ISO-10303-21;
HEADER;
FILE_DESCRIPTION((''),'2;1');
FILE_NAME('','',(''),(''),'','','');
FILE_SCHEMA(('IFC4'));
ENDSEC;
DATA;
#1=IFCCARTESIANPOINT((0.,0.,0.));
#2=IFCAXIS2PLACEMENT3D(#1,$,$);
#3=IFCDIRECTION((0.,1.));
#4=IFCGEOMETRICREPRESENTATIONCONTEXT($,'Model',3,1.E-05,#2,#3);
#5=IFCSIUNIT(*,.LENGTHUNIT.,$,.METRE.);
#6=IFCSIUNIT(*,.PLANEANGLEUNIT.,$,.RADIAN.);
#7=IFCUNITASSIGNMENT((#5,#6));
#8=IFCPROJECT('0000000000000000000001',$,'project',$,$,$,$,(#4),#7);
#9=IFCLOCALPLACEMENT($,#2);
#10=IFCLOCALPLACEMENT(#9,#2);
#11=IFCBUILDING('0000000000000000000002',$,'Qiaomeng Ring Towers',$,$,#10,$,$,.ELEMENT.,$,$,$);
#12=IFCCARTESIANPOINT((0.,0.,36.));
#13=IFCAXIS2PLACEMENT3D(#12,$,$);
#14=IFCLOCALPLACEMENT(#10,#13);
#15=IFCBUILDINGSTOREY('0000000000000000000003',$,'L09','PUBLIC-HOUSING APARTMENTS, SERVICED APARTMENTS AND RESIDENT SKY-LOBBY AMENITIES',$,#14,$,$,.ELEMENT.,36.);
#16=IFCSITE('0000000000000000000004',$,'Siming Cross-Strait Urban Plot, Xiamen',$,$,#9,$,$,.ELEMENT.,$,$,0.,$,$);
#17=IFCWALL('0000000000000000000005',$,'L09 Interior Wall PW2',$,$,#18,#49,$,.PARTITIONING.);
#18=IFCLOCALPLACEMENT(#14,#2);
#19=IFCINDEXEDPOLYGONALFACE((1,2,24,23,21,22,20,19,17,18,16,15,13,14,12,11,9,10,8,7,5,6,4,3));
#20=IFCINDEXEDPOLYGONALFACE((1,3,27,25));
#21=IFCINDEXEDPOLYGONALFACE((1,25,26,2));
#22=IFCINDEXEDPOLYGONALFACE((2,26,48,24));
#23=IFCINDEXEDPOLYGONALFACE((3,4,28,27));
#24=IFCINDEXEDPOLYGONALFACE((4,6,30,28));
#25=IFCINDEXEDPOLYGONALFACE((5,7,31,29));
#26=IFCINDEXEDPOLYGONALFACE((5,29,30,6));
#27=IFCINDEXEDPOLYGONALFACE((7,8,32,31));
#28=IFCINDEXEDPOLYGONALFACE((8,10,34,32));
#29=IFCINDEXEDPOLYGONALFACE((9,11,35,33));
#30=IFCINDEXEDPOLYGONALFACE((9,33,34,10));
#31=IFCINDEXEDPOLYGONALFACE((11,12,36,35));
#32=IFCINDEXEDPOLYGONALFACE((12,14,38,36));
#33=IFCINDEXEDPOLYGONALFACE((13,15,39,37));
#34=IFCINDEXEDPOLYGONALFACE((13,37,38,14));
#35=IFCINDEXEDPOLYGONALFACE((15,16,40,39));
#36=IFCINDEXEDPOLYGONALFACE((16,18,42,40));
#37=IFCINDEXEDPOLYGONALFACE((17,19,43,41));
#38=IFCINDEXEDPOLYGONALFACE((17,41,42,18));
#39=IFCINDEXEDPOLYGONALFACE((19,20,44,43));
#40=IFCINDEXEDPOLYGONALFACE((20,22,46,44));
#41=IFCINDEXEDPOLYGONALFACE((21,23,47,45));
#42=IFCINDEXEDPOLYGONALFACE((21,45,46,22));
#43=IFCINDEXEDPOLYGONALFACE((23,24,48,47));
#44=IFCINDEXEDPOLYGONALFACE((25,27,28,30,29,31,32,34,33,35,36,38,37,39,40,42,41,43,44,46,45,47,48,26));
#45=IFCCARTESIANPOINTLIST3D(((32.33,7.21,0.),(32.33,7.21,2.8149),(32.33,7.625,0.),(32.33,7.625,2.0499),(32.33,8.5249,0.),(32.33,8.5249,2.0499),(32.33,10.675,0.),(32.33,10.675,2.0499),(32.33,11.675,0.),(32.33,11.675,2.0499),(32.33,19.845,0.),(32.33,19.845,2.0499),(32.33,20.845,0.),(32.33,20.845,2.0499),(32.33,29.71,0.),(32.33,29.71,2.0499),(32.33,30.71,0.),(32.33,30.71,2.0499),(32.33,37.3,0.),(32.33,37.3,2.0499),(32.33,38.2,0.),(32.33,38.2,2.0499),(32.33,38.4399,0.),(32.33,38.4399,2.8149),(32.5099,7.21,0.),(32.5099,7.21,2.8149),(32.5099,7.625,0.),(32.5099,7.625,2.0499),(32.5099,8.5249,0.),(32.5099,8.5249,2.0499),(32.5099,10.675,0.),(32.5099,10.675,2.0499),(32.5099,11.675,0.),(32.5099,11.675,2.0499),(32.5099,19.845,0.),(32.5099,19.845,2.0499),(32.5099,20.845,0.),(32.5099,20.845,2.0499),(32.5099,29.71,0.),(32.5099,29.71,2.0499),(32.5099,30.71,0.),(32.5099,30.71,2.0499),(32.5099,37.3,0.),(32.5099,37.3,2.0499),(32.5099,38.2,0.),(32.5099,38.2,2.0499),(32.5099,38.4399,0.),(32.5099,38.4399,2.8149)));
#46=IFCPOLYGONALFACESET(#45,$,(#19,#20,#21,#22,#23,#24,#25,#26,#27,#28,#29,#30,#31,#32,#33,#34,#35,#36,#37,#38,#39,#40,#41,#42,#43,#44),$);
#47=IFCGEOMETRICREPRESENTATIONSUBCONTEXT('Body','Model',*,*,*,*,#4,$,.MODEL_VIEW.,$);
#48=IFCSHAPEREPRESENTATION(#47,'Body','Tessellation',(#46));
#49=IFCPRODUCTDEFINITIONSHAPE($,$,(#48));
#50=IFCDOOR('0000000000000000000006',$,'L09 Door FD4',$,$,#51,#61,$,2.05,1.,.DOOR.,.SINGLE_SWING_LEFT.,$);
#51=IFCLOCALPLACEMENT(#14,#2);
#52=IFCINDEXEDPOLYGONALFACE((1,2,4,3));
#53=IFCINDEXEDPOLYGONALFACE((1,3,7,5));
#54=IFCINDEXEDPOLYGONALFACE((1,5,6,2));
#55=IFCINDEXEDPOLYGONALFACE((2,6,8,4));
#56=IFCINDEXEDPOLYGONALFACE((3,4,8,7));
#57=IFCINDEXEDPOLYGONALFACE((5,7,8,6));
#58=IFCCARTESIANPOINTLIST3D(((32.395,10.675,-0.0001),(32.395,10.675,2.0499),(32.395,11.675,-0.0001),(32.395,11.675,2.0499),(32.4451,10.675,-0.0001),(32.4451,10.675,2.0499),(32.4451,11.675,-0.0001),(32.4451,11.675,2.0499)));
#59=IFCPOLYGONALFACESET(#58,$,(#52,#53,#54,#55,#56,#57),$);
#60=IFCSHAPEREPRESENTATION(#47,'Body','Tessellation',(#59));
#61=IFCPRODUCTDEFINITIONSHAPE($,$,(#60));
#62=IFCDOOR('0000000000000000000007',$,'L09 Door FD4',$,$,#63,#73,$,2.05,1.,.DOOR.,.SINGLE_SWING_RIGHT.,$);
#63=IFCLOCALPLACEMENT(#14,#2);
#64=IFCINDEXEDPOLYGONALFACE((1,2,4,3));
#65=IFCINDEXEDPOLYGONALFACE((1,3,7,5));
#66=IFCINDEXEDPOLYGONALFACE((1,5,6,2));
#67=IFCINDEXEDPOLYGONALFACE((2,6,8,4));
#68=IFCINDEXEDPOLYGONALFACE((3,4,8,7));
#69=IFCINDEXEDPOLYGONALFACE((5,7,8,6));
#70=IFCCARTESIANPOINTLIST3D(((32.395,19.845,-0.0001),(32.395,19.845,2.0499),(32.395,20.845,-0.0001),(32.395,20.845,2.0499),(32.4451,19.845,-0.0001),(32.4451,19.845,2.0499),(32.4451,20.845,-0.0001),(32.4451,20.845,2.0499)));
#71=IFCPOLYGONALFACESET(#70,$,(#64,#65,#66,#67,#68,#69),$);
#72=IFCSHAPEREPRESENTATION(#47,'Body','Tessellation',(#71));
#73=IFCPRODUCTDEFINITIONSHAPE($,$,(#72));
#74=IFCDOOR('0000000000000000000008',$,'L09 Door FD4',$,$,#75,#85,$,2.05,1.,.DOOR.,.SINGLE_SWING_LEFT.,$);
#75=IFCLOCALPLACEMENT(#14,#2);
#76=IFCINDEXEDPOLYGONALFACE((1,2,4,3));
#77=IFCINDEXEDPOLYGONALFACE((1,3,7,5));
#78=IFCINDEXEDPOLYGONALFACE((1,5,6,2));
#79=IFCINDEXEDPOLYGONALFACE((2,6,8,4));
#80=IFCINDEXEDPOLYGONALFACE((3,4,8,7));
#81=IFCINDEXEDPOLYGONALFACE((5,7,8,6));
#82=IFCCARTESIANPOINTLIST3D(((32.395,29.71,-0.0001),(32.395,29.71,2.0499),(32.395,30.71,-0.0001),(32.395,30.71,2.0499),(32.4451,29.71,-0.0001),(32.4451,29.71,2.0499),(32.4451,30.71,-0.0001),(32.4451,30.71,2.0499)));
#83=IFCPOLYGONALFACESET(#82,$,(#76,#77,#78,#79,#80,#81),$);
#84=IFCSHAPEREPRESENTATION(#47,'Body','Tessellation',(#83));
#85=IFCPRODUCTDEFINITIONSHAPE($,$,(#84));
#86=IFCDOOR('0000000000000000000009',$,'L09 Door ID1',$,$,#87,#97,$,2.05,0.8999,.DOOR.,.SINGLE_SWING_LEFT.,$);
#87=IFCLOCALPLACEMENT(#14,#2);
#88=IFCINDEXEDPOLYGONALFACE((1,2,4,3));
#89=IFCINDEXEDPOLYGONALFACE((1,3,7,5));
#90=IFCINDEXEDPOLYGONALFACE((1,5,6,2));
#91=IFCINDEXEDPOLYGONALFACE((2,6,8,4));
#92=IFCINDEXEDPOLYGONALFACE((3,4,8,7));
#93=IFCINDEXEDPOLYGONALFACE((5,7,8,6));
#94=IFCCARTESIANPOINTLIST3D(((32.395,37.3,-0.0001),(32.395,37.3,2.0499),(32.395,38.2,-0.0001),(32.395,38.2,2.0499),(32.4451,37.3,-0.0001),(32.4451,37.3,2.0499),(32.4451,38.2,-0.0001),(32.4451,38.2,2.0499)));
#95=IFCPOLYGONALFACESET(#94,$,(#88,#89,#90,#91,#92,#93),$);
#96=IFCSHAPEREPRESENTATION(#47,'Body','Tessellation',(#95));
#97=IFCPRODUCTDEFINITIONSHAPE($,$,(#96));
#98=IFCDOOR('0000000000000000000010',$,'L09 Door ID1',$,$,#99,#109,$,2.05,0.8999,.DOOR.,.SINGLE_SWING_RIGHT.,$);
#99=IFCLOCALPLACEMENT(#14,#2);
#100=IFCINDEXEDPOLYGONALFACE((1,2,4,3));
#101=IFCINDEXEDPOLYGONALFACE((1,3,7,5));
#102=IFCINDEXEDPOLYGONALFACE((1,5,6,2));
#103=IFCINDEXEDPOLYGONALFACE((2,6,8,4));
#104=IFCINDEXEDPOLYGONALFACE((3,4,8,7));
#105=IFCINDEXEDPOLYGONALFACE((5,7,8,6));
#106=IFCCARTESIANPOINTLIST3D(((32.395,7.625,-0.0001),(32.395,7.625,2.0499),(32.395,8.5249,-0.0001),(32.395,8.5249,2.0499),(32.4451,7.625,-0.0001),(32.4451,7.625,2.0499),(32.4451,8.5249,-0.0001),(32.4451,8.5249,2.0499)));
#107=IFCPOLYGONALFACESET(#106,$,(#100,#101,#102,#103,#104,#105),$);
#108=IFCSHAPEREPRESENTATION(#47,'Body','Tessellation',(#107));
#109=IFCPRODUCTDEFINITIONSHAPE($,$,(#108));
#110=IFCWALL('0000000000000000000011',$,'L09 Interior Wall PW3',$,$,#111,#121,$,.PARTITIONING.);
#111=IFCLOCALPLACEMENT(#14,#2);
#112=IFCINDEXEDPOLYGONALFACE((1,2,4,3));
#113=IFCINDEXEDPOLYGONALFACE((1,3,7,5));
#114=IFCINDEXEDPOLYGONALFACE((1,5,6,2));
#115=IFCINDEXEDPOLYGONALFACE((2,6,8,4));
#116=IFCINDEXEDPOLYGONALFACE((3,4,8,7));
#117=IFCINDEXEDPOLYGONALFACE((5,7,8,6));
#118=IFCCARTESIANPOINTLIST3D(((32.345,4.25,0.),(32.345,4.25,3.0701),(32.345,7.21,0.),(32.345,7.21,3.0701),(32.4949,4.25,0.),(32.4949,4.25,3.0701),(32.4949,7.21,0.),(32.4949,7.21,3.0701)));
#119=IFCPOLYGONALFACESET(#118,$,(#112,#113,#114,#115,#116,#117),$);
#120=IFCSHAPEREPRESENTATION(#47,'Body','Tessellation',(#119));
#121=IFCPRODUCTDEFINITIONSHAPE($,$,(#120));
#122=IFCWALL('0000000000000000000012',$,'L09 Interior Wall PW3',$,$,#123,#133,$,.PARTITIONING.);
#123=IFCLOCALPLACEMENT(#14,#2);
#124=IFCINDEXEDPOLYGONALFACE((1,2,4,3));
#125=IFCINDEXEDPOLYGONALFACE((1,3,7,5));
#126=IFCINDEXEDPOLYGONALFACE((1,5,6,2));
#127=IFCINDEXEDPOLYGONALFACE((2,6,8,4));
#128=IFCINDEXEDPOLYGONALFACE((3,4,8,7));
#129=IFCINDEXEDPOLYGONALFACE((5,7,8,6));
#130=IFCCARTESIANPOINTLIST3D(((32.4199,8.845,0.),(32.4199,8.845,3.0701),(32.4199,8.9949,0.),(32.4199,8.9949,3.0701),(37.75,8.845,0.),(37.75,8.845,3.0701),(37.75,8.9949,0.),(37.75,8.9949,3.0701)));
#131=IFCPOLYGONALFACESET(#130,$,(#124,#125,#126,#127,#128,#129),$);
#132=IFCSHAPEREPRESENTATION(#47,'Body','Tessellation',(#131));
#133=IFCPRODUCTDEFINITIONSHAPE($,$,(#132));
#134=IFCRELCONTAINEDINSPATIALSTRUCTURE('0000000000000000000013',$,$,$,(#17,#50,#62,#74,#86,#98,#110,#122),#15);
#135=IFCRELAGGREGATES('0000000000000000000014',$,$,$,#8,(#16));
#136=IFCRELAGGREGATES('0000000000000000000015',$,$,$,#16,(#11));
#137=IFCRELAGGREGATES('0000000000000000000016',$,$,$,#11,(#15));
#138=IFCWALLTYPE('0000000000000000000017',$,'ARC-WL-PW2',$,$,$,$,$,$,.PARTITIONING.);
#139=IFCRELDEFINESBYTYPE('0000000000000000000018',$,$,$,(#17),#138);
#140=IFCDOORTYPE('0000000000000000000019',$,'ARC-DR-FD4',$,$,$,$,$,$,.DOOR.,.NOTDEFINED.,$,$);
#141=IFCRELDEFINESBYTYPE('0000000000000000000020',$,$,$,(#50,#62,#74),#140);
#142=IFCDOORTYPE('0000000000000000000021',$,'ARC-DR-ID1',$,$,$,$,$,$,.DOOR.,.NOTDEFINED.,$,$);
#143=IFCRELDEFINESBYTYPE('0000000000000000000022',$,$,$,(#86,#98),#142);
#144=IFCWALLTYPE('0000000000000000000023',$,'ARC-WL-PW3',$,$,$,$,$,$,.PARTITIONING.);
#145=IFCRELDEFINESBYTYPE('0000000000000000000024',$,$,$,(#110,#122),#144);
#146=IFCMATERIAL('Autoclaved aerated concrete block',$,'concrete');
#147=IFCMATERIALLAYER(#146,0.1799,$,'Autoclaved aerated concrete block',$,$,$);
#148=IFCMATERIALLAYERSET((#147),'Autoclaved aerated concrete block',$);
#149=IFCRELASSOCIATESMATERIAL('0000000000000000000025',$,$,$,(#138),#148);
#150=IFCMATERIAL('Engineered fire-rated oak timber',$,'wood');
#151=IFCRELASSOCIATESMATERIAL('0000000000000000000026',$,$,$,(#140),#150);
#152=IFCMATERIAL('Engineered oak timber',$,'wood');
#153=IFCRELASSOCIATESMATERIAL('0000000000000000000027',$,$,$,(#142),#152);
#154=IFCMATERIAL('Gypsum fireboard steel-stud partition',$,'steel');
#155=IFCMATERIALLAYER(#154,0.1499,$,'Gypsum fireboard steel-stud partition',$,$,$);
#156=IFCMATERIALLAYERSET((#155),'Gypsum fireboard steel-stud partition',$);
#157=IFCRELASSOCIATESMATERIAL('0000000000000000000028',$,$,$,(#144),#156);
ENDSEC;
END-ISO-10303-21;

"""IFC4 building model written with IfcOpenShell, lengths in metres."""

from ifc_helpers import new_model, si_unit, direction, frame, frame_2d, origin, place, context, subcontext, project, spatial, rectangle, extrude, source, transform, mapped, material, layer, layer_set, type_object, element, fill, save


model = new_model("IFC4")

# Units and contexts
model_context = context("Model", 3, precision=1e-05, world=origin(), true_north=direction((0.0, 1.0)))
body_context = subcontext(model_context, "Body", "Model", "MODEL_VIEW")
ifc_project = project(units=[si_unit("LENGTHUNIT", "METRE"), si_unit("PLANEANGLEUNIT", "RADIAN")], contexts=[model_context])

# Site, building, storey
site_placement = place(None, origin())
site = spatial("IfcSite", under=ifc_project, at=site_placement, Name="Siming Cross-Strait Urban Plot, Xiamen", CompositionType="ELEMENT", RefElevation=0.0)
building_placement = place(site_placement, origin())
building = spatial("IfcBuilding", under=site, at=building_placement, Name="Qiaomeng Ring Towers", CompositionType="ELEMENT")
storey_placement = place(building_placement, frame((0.0, 0.0, 36.0)))
storey = spatial("IfcBuildingStorey", under=building, at=storey_placement, Name="L09", Description="PUBLIC-HOUSING APARTMENTS, SERVICED APARTMENTS AND RESIDENT SKY-LOBBY AMENITIES", CompositionType="ELEMENT", Elevation=36.0)

# Wall, openings, doors
ifc_material_1 = material(Name="Autoclaved aerated concrete block", Category="concrete")
ifc_layer_1 = layer(ifc_material_1, 0.1799, Name="Autoclaved aerated concrete block")
ifc_layer_set_1 = layer_set([ifc_layer_1], Name="Autoclaved aerated concrete block")
wall_type_1 = type_object("IfcWallType", Name="ARC-WL-PW2", PredefinedType="PARTITIONING", material=ifc_layer_set_1)
wall_1_placement = place(storey_placement, frame((32.4199, 7.21, 0.0), z_axis=(0.0, 0.0, 1.0), x_axis=(0.0, 1.0, 0.0)))
wall_1 = element("IfcWall", 1, at=wall_1_placement, inside=storey, type_object=wall_type_1, Name="L09 Interior Wall PW2", PredefinedType="PARTITIONING", context=body_context, shape_type="SweptSolid", body=[
    extrude(rectangle(XDim=31.23, YDim=0.1799, at=frame_2d((15.615, 0.0))), origin(), (0.0, 0.0, 1.0), 2.8149),
])
opening_1_placement = place(wall_1_placement, frame((30.0901, 0.0, 0.0)))
opening_1 = element("IfcOpeningElement", 2, at=opening_1_placement, cuts=wall_1, PredefinedType="OPENING", context=body_context, shape_type="SweptSolid", body=[
    extrude(rectangle(XDim=0.8999, YDim=2.05, at=frame_2d((0.45, 1.0249))), frame((0.0, 0.0999, 0.0), z_axis=(0.0, -1.0, 0.0), x_axis=(1.0, 0.0, 0.0)), (0.0, 0.0, 1.0), 0.2),
])
opening_2_placement = place(wall_1_placement, frame((0.415, 0.0, 0.0)))
opening_2 = element("IfcOpeningElement", 3, at=opening_2_placement, cuts=wall_1, PredefinedType="OPENING", context=body_context, shape_type="SweptSolid", body=[
    extrude(rectangle(XDim=0.8999, YDim=2.05, at=frame_2d((0.45, 1.0249))), frame((0.0, 0.0999, 0.0), z_axis=(0.0, -1.0, 0.0), x_axis=(1.0, 0.0, 0.0)), (0.0, 0.0, 1.0), 0.2),
])
opening_3_placement = place(wall_1_placement, frame((3.4651, 0.0, 0.0)))
opening_3 = element("IfcOpeningElement", 4, at=opening_3_placement, cuts=wall_1, PredefinedType="OPENING", context=body_context, shape_type="SweptSolid", body=[
    extrude(rectangle(XDim=1.0, YDim=2.05, at=frame_2d((0.5, 1.0249))), frame((0.0, 0.0999, 0.0), z_axis=(0.0, -1.0, 0.0), x_axis=(1.0, 0.0, 0.0)), (0.0, 0.0, 1.0), 0.2),
])
opening_4_placement = place(wall_1_placement, frame((12.635, 0.0, 0.0)))
opening_4 = element("IfcOpeningElement", 5, at=opening_4_placement, cuts=wall_1, PredefinedType="OPENING", context=body_context, shape_type="SweptSolid", body=[
    extrude(rectangle(XDim=1.0, YDim=2.05, at=frame_2d((0.5, 1.0249))), frame((0.0, 0.0999, 0.0), z_axis=(0.0, -1.0, 0.0), x_axis=(1.0, 0.0, 0.0)), (0.0, 0.0, 1.0), 0.2),
])
opening_5_placement = place(wall_1_placement, frame((22.5, 0.0, 0.0)))
opening_5 = element("IfcOpeningElement", 6, at=opening_5_placement, cuts=wall_1, PredefinedType="OPENING", context=body_context, shape_type="SweptSolid", body=[
    extrude(rectangle(XDim=1.0, YDim=2.05, at=frame_2d((0.5, 1.0249))), frame((0.0, 0.0999, 0.0), z_axis=(0.0, -1.0, 0.0), x_axis=(1.0, 0.0, 0.0)), (0.0, 0.0, 1.0), 0.2),
])
ifc_material_2 = material(Name="Engineered fire-rated oak timber", Category="wood")
door_type_1 = type_object("IfcDoorType", Name="ARC-DR-FD4", OperationType="NOTDEFINED", PredefinedType="DOOR", material=ifc_material_2)
shared_shape_1 = source(origin(), body_context, "Body", "SweptSolid", [
    extrude(rectangle(XDim=1.0, YDim=2.05, at=frame_2d((0.5, 1.0249))), frame((0.0, 0.0249, 0.0), z_axis=(0.0, -1.0, 0.0), x_axis=(1.0, 0.0, 0.0)), (0.0, 0.0, 1.0), 0.05),
])
door_1_placement = place(opening_3_placement, origin())
door_1 = element("IfcDoor", 7, at=door_1_placement, inside=storey, type_object=door_type_1, Name="L09 Door FD4", OperationType="SINGLE_SWING_LEFT", OverallHeight=2.05, OverallWidth=1.0, PredefinedType="DOOR", context=body_context, shape_type="MappedRepresentation", body=[
    mapped(shared_shape_1, transform((0.0, 0.0, 0.0), x_axis=(1.0, 0.0, 0.0), y_axis=(0.0, 1.0, 0.0), z_axis=(0.0, 0.0, 1.0), scale=1.0)),
])
fill(opening_3, door_1)
door_2_placement = place(opening_4_placement, origin())
door_2 = element("IfcDoor", 8, at=door_2_placement, inside=storey, type_object=door_type_1, Name="L09 Door FD4", OperationType="SINGLE_SWING_RIGHT", OverallHeight=2.05, OverallWidth=1.0, PredefinedType="DOOR", context=body_context, shape_type="MappedRepresentation", body=[
    mapped(shared_shape_1, transform((0.0, 0.0, 0.0), x_axis=(1.0, 0.0, 0.0), y_axis=(0.0, 1.0, 0.0), z_axis=(0.0, 0.0, 1.0), scale=1.0)),
])
fill(opening_4, door_2)
door_3_placement = place(opening_5_placement, origin())
door_3 = element("IfcDoor", 9, at=door_3_placement, inside=storey, type_object=door_type_1, Name="L09 Door FD4", OperationType="SINGLE_SWING_LEFT", OverallHeight=2.05, OverallWidth=1.0, PredefinedType="DOOR", context=body_context, shape_type="MappedRepresentation", body=[
    mapped(shared_shape_1, transform((0.0, 0.0, 0.0), x_axis=(1.0, 0.0, 0.0), y_axis=(0.0, 1.0, 0.0), z_axis=(0.0, 0.0, 1.0), scale=1.0)),
])
fill(opening_5, door_3)
ifc_material_3 = material(Name="Engineered oak timber", Category="wood")
door_type_2 = type_object("IfcDoorType", Name="ARC-DR-ID1", OperationType="NOTDEFINED", PredefinedType="DOOR", material=ifc_material_3)
shared_shape_2 = source(origin(), body_context, "Body", "SweptSolid", [
    extrude(rectangle(XDim=0.8999, YDim=2.05, at=frame_2d((0.45, 1.0249))), frame((0.0, 0.0249, 0.0), z_axis=(0.0, -1.0, 0.0), x_axis=(1.0, 0.0, 0.0)), (0.0, 0.0, 1.0), 0.05),
])
door_4_placement = place(opening_1_placement, origin())
door_4 = element("IfcDoor", 10, at=door_4_placement, inside=storey, type_object=door_type_2, Name="L09 Door ID1", OperationType="SINGLE_SWING_LEFT", OverallHeight=2.05, OverallWidth=0.8999, PredefinedType="DOOR", context=body_context, shape_type="MappedRepresentation", body=[
    mapped(shared_shape_2, transform((0.0, 0.0, 0.0), x_axis=(1.0, 0.0, 0.0), y_axis=(0.0, 1.0, 0.0), z_axis=(0.0, 0.0, 1.0), scale=1.0)),
])
fill(opening_1, door_4)
door_5_placement = place(opening_2_placement, origin())
door_5 = element("IfcDoor", 11, at=door_5_placement, inside=storey, type_object=door_type_2, Name="L09 Door ID1", OperationType="SINGLE_SWING_RIGHT", OverallHeight=2.05, OverallWidth=0.8999, PredefinedType="DOOR", context=body_context, shape_type="MappedRepresentation", body=[
    mapped(shared_shape_2, transform((0.0, 0.0, 0.0), x_axis=(1.0, 0.0, 0.0), y_axis=(0.0, 1.0, 0.0), z_axis=(0.0, 0.0, 1.0), scale=1.0)),
])
fill(opening_2, door_5)

# Walls
ifc_material_4 = material(Name="Gypsum fireboard steel-stud partition", Category="steel")
ifc_layer_2 = layer(ifc_material_4, 0.1499, Name="Gypsum fireboard steel-stud partition")
ifc_layer_set_2 = layer_set([ifc_layer_2], Name="Gypsum fireboard steel-stud partition")
wall_type_2 = type_object("IfcWallType", Name="ARC-WL-PW3", PredefinedType="PARTITIONING", material=ifc_layer_set_2)
wall_2_placement = place(storey_placement, frame((32.4199, 4.25, 0.0), z_axis=(0.0, 0.0, 1.0), x_axis=(0.0, 1.0, 0.0)))
element("IfcWall", 12, at=wall_2_placement, inside=storey, type_object=wall_type_2, Name="L09 Interior Wall PW3", PredefinedType="PARTITIONING", context=body_context, shape_type="SweptSolid", body=[
    extrude(rectangle(XDim=2.96, YDim=0.1499, at=frame_2d((1.48, 0.0))), origin(), (0.0, 0.0, 1.0), 3.0701),
])
wall_3_placement = place(storey_placement, frame((32.4199, 8.9199, 0.0), z_axis=(0.0, 0.0, 1.0), x_axis=(1.0, 0.0, 0.0)))
element("IfcWall", 13, at=wall_3_placement, inside=storey, type_object=wall_type_2, Name="L09 Interior Wall PW3", PredefinedType="PARTITIONING", context=body_context, shape_type="SweptSolid", body=[
    extrude(rectangle(XDim=5.3301, YDim=0.1499, at=frame_2d((2.665, 0.0))), origin(), (0.0, 0.0, 1.0), 3.0701),
])

save(model, "model.ifc")
